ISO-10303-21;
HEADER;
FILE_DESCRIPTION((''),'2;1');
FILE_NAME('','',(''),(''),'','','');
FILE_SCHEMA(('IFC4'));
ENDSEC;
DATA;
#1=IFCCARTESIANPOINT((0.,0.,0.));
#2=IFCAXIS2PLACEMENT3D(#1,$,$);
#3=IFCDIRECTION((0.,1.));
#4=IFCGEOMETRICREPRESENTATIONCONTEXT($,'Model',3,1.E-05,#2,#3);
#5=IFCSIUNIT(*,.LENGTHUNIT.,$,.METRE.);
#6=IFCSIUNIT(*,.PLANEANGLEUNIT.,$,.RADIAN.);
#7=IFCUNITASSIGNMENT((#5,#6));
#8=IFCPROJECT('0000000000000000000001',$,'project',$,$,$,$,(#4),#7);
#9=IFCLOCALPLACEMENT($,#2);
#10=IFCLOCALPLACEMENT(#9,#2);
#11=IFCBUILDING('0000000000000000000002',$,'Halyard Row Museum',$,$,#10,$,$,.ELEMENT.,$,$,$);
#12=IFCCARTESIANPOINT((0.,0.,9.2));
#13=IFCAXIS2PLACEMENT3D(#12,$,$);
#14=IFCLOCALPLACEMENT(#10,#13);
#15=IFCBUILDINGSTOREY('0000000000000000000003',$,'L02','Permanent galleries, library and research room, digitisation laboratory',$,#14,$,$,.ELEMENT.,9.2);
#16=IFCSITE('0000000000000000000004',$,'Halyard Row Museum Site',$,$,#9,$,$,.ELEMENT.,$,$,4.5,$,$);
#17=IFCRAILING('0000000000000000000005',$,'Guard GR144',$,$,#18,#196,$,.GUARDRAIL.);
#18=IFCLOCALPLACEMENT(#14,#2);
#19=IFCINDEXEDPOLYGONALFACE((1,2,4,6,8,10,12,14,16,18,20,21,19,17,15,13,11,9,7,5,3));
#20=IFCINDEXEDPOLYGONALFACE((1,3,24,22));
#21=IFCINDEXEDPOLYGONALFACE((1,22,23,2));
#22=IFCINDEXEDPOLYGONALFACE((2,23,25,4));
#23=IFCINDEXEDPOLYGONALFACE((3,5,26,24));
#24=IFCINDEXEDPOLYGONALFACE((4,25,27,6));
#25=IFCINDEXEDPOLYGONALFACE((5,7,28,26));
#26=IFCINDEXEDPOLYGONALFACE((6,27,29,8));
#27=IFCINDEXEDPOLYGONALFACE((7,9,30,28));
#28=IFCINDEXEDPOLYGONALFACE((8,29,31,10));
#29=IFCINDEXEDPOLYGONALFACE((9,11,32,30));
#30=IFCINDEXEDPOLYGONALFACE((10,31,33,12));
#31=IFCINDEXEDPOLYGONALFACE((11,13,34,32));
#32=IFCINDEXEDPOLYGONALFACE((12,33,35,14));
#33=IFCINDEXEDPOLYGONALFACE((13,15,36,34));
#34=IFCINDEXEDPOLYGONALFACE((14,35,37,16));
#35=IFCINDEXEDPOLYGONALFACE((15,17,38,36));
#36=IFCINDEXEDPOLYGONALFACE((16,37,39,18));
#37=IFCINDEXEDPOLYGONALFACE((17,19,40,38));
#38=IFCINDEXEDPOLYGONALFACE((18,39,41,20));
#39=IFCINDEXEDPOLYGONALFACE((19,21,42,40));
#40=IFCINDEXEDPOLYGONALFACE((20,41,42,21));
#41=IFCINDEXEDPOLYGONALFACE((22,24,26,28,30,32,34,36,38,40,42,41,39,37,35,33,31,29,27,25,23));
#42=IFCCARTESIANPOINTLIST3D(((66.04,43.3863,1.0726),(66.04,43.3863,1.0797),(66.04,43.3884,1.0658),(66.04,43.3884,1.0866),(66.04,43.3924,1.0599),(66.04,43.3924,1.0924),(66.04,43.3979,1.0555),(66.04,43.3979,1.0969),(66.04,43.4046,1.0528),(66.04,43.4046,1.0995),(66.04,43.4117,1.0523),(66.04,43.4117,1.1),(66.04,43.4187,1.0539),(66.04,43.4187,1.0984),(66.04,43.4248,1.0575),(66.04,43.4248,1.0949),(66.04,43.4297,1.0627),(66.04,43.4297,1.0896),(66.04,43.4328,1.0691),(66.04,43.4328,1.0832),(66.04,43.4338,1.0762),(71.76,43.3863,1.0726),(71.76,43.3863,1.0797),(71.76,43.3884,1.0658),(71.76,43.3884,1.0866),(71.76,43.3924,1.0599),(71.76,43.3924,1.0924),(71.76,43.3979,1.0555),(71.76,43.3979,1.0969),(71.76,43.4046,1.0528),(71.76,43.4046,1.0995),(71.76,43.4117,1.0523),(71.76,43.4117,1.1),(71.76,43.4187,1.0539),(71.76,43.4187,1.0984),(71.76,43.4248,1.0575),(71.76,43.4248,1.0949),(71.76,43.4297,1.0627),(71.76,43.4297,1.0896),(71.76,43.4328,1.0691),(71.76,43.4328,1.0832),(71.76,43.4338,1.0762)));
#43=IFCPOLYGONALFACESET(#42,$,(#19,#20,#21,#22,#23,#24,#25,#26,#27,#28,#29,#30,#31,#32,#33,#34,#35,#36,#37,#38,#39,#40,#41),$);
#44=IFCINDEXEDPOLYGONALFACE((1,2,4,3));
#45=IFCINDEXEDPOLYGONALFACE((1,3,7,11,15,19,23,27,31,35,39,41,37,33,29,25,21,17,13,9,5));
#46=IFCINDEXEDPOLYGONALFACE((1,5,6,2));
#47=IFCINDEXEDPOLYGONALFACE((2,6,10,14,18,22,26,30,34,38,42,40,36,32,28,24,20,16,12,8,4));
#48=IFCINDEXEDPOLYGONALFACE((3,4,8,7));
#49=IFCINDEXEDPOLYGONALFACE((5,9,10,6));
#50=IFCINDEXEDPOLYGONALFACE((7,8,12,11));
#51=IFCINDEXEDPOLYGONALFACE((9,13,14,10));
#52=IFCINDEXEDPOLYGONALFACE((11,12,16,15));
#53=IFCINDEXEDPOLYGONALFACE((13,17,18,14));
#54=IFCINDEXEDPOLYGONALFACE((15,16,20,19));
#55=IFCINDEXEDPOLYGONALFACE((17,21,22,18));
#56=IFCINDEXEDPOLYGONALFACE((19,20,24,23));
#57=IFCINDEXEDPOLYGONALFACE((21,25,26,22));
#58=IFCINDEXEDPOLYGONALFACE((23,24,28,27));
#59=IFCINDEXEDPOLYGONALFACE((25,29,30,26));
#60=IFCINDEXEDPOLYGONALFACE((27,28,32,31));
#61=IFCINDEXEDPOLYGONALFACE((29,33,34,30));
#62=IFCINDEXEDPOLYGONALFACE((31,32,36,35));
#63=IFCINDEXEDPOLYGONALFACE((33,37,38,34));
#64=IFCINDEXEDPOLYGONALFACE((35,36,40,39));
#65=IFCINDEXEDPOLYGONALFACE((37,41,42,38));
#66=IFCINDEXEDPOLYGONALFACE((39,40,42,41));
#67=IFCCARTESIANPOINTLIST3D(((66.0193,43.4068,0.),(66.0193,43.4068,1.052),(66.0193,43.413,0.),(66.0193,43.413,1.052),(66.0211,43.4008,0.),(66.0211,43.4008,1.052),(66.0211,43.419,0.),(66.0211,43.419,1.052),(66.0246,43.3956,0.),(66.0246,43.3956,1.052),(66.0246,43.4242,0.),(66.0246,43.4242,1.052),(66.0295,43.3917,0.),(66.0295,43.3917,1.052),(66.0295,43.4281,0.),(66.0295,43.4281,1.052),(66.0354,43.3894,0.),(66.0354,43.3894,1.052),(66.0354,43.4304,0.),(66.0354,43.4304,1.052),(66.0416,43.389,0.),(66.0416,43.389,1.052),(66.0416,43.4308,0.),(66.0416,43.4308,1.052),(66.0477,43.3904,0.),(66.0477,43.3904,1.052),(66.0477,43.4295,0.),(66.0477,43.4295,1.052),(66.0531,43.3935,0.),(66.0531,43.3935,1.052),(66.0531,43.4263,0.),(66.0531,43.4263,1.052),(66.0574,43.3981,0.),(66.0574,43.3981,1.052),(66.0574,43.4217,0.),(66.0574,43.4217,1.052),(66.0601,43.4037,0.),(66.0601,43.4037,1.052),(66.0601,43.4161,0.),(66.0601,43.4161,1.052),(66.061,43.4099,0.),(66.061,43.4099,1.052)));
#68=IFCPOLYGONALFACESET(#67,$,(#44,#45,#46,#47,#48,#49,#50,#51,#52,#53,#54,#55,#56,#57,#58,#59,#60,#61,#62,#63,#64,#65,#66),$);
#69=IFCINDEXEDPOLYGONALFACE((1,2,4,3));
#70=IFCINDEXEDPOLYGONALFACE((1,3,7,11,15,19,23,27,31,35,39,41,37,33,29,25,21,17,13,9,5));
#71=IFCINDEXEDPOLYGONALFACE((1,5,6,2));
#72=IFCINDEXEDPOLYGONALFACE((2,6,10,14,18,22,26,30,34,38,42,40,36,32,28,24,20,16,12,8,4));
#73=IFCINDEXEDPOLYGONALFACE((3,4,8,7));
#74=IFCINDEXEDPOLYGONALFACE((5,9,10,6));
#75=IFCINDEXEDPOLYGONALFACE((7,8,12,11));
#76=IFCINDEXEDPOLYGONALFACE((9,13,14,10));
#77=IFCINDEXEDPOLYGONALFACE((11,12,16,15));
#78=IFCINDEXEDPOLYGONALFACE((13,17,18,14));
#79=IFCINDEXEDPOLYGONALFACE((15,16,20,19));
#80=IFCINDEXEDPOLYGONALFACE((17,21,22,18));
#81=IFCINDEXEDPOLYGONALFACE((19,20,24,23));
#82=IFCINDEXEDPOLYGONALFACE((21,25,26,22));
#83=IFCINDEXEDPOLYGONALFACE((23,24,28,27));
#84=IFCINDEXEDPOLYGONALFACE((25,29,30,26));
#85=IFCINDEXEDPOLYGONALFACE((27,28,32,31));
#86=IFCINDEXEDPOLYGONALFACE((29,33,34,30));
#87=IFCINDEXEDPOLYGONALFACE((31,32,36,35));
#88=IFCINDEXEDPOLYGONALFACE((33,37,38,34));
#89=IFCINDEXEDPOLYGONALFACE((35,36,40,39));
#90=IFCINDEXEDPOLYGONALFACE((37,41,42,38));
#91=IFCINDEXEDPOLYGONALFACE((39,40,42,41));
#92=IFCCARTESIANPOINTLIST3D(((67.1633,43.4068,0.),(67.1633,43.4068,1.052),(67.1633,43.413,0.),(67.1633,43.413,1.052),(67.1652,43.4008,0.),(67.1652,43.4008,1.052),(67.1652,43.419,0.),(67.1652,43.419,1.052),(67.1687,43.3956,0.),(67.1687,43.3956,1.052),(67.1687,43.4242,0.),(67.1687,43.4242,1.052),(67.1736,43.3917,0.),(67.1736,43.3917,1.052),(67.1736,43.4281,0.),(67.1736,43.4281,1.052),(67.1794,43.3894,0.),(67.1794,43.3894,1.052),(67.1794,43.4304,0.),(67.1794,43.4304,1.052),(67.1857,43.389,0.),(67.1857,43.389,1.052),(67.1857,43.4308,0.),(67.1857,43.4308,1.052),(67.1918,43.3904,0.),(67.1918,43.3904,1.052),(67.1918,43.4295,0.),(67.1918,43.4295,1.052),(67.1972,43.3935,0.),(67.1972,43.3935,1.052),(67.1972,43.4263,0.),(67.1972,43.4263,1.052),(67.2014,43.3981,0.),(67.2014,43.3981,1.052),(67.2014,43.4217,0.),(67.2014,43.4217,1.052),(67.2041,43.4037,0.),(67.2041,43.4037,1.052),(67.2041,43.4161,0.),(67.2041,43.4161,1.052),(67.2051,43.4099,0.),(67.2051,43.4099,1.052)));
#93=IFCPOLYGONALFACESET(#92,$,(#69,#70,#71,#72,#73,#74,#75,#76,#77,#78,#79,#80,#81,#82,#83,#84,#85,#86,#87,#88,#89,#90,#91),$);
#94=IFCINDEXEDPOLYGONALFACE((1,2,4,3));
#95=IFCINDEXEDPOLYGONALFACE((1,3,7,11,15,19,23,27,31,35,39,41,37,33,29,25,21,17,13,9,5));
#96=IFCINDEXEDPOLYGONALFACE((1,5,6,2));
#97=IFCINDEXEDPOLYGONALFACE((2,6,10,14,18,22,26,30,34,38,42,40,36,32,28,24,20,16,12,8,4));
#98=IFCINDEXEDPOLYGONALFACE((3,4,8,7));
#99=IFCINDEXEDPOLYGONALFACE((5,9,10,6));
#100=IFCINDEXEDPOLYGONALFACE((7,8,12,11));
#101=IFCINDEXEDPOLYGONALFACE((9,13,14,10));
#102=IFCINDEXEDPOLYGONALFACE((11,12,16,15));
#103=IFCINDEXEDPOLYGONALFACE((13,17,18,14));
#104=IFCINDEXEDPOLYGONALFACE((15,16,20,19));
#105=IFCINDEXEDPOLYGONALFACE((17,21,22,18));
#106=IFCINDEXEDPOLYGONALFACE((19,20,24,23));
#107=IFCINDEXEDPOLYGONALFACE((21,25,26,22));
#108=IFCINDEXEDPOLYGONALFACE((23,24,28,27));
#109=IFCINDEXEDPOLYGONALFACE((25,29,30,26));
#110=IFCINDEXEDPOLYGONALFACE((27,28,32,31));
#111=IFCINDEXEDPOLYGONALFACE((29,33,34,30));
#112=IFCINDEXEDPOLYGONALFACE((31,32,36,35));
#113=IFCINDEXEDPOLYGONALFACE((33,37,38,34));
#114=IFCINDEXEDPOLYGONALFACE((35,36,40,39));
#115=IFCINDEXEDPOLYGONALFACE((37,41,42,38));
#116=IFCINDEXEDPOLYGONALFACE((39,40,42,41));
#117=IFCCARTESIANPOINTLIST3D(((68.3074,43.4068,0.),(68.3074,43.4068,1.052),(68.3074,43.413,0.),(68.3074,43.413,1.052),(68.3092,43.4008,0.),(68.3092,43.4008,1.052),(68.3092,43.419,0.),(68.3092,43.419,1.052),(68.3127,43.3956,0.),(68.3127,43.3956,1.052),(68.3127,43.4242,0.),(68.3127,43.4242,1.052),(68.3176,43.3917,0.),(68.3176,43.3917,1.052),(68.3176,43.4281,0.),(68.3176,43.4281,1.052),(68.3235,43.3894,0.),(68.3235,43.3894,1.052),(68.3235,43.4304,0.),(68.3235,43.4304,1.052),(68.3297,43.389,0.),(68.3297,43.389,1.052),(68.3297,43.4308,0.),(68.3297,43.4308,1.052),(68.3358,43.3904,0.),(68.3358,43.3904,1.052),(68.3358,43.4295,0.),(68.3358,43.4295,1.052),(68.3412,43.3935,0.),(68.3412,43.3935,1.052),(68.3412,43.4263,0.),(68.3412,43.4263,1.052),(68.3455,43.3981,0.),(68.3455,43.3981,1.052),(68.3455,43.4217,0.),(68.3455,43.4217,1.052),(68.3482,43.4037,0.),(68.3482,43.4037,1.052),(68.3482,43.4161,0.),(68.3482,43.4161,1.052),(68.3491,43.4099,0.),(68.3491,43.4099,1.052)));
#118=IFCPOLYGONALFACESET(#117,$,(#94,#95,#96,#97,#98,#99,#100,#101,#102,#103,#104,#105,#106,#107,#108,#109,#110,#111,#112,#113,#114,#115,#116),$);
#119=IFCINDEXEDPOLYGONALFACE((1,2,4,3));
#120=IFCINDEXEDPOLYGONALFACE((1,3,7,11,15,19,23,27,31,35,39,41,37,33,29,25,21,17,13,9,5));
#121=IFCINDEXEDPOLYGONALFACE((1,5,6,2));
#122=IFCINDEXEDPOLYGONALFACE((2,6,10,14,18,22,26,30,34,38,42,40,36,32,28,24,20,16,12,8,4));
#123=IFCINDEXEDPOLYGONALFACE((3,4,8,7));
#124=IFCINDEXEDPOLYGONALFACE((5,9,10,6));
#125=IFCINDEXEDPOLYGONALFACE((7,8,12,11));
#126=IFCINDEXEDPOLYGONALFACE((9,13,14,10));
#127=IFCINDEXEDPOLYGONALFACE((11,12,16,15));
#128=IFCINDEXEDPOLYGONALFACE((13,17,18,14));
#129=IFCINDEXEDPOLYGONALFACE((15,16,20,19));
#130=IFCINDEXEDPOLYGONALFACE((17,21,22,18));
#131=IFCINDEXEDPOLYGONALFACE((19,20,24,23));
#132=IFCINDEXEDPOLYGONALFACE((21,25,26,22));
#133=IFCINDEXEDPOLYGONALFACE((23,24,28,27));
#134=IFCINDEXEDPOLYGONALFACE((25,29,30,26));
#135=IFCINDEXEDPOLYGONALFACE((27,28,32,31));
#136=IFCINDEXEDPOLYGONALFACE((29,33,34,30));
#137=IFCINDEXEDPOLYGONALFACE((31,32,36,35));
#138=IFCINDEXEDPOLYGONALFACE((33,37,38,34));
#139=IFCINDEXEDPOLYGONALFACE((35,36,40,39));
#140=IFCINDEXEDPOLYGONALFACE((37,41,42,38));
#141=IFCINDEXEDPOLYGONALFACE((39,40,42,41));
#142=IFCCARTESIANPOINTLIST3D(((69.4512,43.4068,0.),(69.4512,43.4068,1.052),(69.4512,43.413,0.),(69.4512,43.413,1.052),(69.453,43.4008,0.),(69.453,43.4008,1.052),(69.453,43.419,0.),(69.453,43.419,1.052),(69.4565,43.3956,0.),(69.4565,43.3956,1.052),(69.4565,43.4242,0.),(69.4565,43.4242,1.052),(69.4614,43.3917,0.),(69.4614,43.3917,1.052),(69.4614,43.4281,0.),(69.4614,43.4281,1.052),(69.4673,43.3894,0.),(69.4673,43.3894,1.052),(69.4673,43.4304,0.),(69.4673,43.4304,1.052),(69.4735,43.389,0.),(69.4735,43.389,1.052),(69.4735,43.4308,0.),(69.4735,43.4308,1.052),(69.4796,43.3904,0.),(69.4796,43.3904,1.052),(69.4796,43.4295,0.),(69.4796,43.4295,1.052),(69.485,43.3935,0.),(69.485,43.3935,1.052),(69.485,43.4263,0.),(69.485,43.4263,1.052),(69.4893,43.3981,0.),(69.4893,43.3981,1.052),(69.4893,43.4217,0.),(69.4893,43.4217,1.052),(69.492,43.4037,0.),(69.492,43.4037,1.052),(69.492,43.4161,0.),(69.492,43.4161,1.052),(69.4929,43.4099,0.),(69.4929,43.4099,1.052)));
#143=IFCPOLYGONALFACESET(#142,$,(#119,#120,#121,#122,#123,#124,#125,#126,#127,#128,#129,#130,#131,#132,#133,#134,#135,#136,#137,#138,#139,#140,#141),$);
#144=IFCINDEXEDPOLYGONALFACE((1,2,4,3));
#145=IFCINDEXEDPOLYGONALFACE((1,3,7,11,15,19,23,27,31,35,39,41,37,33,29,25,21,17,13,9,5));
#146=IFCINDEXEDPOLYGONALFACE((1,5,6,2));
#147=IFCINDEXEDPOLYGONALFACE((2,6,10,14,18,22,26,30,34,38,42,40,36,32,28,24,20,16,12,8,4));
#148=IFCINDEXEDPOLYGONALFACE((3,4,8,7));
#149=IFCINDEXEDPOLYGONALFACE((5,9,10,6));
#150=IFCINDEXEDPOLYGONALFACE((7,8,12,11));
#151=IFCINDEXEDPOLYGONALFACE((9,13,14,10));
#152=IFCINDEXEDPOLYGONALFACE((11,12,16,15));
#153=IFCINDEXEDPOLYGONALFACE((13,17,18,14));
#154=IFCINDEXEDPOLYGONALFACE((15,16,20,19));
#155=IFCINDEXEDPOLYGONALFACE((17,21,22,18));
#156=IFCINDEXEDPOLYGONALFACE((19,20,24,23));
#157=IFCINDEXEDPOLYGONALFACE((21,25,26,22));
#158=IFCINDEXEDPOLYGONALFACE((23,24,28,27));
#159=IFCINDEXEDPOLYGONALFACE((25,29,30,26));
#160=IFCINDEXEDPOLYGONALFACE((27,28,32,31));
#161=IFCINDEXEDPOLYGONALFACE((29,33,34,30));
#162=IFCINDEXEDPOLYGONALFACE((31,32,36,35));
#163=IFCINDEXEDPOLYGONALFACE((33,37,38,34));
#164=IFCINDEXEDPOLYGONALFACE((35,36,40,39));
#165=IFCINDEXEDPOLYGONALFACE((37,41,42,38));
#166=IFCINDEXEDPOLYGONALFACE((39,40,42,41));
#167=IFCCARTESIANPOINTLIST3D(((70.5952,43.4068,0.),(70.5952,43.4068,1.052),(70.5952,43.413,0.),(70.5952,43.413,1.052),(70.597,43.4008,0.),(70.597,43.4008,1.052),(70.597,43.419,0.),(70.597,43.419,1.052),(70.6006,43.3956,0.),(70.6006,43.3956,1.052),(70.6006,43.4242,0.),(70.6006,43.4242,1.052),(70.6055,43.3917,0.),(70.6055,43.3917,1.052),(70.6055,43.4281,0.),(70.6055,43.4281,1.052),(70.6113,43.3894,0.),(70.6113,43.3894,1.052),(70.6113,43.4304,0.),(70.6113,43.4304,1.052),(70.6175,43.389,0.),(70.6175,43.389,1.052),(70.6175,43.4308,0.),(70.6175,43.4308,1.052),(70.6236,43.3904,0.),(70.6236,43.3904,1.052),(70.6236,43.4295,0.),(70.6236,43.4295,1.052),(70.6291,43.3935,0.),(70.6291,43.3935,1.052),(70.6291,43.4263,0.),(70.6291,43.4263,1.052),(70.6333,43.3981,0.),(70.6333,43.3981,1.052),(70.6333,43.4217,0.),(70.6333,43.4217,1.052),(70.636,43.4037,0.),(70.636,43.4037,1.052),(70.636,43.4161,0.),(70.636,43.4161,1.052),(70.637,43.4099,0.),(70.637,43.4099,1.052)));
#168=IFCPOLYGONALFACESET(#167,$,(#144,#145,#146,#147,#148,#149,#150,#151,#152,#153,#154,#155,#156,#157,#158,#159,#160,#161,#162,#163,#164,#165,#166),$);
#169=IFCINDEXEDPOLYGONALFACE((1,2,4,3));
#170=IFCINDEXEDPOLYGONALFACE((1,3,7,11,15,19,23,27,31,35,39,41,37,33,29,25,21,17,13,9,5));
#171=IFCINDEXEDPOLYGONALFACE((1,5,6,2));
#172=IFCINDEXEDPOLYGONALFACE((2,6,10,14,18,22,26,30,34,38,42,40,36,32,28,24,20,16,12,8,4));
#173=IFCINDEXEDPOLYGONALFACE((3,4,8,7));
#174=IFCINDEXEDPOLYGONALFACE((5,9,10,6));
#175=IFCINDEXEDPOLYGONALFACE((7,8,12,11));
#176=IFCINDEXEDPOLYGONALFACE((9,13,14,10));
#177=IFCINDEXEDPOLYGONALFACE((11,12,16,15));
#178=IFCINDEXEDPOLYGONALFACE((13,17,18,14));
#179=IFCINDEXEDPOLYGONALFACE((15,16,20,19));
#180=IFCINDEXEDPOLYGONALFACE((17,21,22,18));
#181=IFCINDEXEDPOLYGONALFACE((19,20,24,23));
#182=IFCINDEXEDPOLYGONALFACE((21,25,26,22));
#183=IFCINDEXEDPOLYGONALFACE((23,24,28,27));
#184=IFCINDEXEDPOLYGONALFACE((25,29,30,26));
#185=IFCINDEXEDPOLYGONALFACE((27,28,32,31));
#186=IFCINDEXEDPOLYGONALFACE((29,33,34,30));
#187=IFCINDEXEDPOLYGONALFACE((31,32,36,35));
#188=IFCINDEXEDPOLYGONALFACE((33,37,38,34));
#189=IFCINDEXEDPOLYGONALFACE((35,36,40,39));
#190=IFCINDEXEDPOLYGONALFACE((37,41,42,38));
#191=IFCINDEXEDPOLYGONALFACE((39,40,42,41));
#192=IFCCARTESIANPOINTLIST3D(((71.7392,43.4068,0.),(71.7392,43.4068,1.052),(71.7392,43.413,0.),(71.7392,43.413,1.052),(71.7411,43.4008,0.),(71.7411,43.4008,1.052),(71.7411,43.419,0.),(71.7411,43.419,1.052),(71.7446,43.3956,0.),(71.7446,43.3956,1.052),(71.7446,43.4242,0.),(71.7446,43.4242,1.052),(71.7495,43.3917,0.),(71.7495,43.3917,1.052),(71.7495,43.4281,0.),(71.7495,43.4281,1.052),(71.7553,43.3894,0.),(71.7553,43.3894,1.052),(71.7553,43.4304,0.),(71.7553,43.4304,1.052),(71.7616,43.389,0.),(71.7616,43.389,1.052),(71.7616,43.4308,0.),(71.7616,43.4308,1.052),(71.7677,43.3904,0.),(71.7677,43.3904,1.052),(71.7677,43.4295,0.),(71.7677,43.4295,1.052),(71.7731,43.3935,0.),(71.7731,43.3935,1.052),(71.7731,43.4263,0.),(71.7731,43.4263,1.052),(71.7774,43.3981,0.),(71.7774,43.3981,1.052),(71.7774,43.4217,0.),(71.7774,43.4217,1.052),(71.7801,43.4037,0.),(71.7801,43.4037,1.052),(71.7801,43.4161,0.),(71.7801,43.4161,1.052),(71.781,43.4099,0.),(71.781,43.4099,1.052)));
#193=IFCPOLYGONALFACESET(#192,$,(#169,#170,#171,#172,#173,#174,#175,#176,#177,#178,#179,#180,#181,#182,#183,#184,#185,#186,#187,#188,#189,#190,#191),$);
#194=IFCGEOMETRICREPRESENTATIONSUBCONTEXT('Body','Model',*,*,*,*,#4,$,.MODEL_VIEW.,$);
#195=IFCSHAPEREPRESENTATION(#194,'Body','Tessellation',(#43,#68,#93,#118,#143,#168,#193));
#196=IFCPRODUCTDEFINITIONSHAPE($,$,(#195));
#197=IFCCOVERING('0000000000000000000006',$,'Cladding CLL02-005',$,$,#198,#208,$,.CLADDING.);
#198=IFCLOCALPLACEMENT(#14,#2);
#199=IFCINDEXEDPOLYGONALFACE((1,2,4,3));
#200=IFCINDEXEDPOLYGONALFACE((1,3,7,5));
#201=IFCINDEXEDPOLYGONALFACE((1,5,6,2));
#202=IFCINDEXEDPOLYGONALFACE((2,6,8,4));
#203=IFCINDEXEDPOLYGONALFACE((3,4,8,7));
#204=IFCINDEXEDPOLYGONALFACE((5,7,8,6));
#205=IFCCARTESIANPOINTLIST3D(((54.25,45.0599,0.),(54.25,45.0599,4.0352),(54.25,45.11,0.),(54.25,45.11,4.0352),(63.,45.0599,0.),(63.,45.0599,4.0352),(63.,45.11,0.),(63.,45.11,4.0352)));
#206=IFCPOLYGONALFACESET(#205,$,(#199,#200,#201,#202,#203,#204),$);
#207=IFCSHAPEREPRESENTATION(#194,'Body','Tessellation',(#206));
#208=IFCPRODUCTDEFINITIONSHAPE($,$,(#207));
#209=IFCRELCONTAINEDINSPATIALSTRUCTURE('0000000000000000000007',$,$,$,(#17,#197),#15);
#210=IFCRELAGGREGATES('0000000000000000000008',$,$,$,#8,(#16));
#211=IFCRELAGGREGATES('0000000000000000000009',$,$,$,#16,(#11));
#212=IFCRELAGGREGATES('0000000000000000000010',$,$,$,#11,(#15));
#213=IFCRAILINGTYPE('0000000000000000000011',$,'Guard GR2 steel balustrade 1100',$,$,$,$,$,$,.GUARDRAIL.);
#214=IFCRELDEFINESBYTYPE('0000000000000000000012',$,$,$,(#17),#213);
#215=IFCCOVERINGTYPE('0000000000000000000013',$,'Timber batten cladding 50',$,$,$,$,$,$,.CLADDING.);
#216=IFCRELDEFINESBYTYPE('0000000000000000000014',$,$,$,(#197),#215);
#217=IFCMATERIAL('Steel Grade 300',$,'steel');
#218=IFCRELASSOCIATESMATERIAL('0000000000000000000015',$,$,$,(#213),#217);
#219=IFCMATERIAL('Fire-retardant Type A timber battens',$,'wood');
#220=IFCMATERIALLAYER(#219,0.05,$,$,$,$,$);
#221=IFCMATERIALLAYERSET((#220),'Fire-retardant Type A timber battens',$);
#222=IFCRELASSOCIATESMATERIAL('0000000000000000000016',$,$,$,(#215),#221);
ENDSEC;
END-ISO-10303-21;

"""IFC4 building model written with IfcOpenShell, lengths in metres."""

from ifc_helpers import new_model, si_unit, direction, frame, frame_2d, origin, origin_2d, place, context, subcontext, project, spatial, rectangle, circle, extrude, material, layer, layer_set, type_object, element, save


model = new_model("IFC4")

# Units and contexts
model_context = context("Model", 3, precision=1e-05, world=origin(), true_north=direction((0.0, 1.0)))
body_context = subcontext(model_context, "Body", "Model", "MODEL_VIEW")
ifc_project = project(units=[si_unit("LENGTHUNIT", "METRE"), si_unit("PLANEANGLEUNIT", "RADIAN")], contexts=[model_context])

# Site, building, storey
site_placement = place(None, origin())
site = spatial("IfcSite", under=ifc_project, at=site_placement, Name="Halyard Row Museum Site", CompositionType="ELEMENT", RefElevation=4.5)
building_placement = place(site_placement, origin())
building = spatial("IfcBuilding", under=site, at=building_placement, Name="Halyard Row Museum", CompositionType="ELEMENT")
storey_placement = place(building_placement, frame((0.0, 0.0, 9.2)))
storey = spatial("IfcBuildingStorey", under=building, at=storey_placement, Name="L02", Description="Permanent galleries, library and research room, digitisation laboratory", CompositionType="ELEMENT", Elevation=9.2)

# Railing
ifc_material_1 = material(Name="Steel Grade 300", Category="steel")
railing_type = type_object("IfcRailingType", Name="Guard GR2 steel balustrade 1100", PredefinedType="GUARDRAIL", material=ifc_material_1)
railing_1_placement = place(storey_placement, frame((66.04, 43.4099, 0.0)))
element("IfcRailing", 1, at=railing_1_placement, inside=storey, type_object=railing_type, Name="Guard GR144", PredefinedType="GUARDRAIL", context=body_context, shape_type="SweptSolid", body=[
    extrude(circle(Radius=0.0239, at=origin_2d()), frame((0.0, 0.0, 1.0762), z_axis=(1.0, 0.0, 0.0), x_axis=(0.0, 1.0, 0.0)), (0.0, 0.0, 1.0), 5.72),
    extrude(circle(Radius=0.021, at=origin_2d()), origin(), (0.0, 0.0, 1.0), 1.052),
    extrude(circle(Radius=0.021, at=origin_2d()), frame((1.144, 0.0, 0.0)), (0.0, 0.0, 1.0), 1.052),
    extrude(circle(Radius=0.021, at=origin_2d()), frame((2.2881, 0.0, 0.0)), (0.0, 0.0, 1.0), 1.052),
    extrude(circle(Radius=0.021, at=origin_2d()), frame((3.4319, 0.0, 0.0)), (0.0, 0.0, 1.0), 1.052),
    extrude(circle(Radius=0.021, at=origin_2d()), frame((4.5759, 0.0, 0.0)), (0.0, 0.0, 1.0), 1.052),
    extrude(circle(Radius=0.021, at=origin_2d()), frame((5.72, 0.0, 0.0)), (0.0, 0.0, 1.0), 1.052),
])

# Covering
ifc_material_2 = material(Name="Fire-retardant Type A timber battens", Category="wood")
ifc_layer_1 = layer(ifc_material_2, 0.05)
ifc_layer_set_1 = layer_set([ifc_layer_1], Name="Fire-retardant Type A timber battens")
covering_type = type_object("IfcCoveringType", Name="Timber batten cladding 50", PredefinedType="CLADDING", material=ifc_layer_set_1)
covering_placement = place(storey_placement, frame((63.0, 45.085, 0.0), z_axis=(0.0, 0.0, 1.0), x_axis=(-1.0, 0.0, 0.0)))
element("IfcCovering", 2, at=covering_placement, inside=storey, type_object=covering_type, Name="Cladding CLL02-005", PredefinedType="CLADDING", context=body_context, shape_type="SweptSolid", body=[
    extrude(rectangle(XDim=8.75, YDim=0.05, at=frame_2d((4.375, 0.0))), origin(), (0.0, 0.0, 1.0), 4.0352),
])

save(model, "model.ifc")
